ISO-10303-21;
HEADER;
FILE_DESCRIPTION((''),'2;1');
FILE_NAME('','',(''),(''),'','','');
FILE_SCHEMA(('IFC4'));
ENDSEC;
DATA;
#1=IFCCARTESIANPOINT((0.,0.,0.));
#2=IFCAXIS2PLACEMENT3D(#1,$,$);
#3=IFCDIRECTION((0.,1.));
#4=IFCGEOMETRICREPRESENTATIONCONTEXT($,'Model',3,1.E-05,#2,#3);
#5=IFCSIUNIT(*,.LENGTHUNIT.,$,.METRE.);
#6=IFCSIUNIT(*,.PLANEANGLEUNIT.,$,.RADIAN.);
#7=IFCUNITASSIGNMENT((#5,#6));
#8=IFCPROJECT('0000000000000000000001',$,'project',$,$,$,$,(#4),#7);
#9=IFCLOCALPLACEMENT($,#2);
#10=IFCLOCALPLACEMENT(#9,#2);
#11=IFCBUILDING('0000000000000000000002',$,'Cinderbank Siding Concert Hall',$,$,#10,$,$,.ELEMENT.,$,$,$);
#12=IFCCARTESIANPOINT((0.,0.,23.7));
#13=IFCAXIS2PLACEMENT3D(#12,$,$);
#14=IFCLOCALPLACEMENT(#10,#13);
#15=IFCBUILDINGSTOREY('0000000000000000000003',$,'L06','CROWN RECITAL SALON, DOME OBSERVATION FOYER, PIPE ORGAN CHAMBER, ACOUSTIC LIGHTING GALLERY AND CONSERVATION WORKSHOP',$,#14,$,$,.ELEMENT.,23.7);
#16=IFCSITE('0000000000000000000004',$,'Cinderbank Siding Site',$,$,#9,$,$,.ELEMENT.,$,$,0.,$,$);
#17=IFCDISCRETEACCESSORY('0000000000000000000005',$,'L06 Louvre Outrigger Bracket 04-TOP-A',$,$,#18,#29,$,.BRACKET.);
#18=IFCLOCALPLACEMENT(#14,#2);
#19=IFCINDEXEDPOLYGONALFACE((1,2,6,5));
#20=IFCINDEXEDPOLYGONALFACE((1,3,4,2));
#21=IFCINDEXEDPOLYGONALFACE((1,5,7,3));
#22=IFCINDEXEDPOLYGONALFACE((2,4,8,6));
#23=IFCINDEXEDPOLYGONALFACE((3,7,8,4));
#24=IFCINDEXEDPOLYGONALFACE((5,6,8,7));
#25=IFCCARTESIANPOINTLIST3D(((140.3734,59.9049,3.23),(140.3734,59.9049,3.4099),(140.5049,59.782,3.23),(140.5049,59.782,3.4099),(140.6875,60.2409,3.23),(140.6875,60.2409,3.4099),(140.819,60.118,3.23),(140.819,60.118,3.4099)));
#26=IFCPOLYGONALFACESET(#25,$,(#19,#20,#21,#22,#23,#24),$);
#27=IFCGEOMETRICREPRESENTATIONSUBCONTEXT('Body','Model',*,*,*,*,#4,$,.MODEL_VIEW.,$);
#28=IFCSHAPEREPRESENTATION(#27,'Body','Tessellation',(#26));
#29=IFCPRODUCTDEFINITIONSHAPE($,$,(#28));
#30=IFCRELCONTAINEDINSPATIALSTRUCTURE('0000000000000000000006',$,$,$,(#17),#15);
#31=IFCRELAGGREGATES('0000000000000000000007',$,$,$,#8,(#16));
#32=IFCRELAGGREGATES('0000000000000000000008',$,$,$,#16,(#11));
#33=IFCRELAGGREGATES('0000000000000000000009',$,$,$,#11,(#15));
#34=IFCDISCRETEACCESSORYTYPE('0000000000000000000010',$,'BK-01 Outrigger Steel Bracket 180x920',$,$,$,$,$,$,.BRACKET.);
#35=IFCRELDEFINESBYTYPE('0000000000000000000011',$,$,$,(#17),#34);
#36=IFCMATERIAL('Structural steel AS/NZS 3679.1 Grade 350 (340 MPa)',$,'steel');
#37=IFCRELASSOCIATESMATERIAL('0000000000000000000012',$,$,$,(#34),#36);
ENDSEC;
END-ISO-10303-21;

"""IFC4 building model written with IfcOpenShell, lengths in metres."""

from ifc_helpers import new_model, si_unit, direction, frame, origin, origin_2d, place, context, subcontext, project, spatial, rectangle, extrude, material, type_object, element, save


model = new_model("IFC4")

# Units and contexts
model_context = context("Model", 3, precision=1e-05, world=origin(), true_north=direction((0.0, 1.0)))
body_context = subcontext(model_context, "Body", "Model", "MODEL_VIEW")
ifc_project = project(units=[si_unit("LENGTHUNIT", "METRE"), si_unit("PLANEANGLEUNIT", "RADIAN")], contexts=[model_context])

# Site, building, storey
site_placement = place(None, origin())
site = spatial("IfcSite", under=ifc_project, at=site_placement, Name="Cinderbank Siding Site", CompositionType="ELEMENT", RefElevation=0.0)
building_placement = place(site_placement, origin())
building = spatial("IfcBuilding", under=site, at=building_placement, Name="Cinderbank Siding Concert Hall", CompositionType="ELEMENT")
storey_placement = place(building_placement, frame((0.0, 0.0, 23.7)))
storey = spatial("IfcBuildingStorey", under=building, at=storey_placement, Name="L06", Description="CROWN RECITAL SALON, DOME OBSERVATION FOYER, PIPE ORGAN CHAMBER, ACOUSTIC LIGHTING GALLERY AND CONSERVATION WORKSHOP", CompositionType="ELEMENT", Elevation=23.7)

# Discrete accessory
ifc_material_1 = material(Name="Structural steel AS/NZS 3679.1 Grade 350 (340 MPa)", Category="steel")
discrete_accessory_type = type_object("IfcDiscreteAccessoryType", Name="BK-01 Outrigger Steel Bracket 180x920", PredefinedType="BRACKET", material=ifc_material_1)
for number, where, z_axis, x_axis, name in (
    (1, (140.5962, 60.0115, 3.23), (0.0, 0.0, 1.0), (0.682869, 0.730541, 0.0), "L06 Louvre Outrigger Bracket 04-TOP-A"),
):
    element("IfcDiscreteAccessory", number, at=place(storey_placement, frame(where, z_axis=z_axis, x_axis=x_axis)), inside=storey, type_object=discrete_accessory_type, Name=name, PredefinedType="BRACKET", context=body_context, shape_type="SweptSolid", body=[
        extrude(rectangle(XDim=0.46, YDim=0.1799, at=origin_2d()), origin(), (0.0, 0.0, 1.0), 0.1799),
    ])

save(model, "model.ifc")
